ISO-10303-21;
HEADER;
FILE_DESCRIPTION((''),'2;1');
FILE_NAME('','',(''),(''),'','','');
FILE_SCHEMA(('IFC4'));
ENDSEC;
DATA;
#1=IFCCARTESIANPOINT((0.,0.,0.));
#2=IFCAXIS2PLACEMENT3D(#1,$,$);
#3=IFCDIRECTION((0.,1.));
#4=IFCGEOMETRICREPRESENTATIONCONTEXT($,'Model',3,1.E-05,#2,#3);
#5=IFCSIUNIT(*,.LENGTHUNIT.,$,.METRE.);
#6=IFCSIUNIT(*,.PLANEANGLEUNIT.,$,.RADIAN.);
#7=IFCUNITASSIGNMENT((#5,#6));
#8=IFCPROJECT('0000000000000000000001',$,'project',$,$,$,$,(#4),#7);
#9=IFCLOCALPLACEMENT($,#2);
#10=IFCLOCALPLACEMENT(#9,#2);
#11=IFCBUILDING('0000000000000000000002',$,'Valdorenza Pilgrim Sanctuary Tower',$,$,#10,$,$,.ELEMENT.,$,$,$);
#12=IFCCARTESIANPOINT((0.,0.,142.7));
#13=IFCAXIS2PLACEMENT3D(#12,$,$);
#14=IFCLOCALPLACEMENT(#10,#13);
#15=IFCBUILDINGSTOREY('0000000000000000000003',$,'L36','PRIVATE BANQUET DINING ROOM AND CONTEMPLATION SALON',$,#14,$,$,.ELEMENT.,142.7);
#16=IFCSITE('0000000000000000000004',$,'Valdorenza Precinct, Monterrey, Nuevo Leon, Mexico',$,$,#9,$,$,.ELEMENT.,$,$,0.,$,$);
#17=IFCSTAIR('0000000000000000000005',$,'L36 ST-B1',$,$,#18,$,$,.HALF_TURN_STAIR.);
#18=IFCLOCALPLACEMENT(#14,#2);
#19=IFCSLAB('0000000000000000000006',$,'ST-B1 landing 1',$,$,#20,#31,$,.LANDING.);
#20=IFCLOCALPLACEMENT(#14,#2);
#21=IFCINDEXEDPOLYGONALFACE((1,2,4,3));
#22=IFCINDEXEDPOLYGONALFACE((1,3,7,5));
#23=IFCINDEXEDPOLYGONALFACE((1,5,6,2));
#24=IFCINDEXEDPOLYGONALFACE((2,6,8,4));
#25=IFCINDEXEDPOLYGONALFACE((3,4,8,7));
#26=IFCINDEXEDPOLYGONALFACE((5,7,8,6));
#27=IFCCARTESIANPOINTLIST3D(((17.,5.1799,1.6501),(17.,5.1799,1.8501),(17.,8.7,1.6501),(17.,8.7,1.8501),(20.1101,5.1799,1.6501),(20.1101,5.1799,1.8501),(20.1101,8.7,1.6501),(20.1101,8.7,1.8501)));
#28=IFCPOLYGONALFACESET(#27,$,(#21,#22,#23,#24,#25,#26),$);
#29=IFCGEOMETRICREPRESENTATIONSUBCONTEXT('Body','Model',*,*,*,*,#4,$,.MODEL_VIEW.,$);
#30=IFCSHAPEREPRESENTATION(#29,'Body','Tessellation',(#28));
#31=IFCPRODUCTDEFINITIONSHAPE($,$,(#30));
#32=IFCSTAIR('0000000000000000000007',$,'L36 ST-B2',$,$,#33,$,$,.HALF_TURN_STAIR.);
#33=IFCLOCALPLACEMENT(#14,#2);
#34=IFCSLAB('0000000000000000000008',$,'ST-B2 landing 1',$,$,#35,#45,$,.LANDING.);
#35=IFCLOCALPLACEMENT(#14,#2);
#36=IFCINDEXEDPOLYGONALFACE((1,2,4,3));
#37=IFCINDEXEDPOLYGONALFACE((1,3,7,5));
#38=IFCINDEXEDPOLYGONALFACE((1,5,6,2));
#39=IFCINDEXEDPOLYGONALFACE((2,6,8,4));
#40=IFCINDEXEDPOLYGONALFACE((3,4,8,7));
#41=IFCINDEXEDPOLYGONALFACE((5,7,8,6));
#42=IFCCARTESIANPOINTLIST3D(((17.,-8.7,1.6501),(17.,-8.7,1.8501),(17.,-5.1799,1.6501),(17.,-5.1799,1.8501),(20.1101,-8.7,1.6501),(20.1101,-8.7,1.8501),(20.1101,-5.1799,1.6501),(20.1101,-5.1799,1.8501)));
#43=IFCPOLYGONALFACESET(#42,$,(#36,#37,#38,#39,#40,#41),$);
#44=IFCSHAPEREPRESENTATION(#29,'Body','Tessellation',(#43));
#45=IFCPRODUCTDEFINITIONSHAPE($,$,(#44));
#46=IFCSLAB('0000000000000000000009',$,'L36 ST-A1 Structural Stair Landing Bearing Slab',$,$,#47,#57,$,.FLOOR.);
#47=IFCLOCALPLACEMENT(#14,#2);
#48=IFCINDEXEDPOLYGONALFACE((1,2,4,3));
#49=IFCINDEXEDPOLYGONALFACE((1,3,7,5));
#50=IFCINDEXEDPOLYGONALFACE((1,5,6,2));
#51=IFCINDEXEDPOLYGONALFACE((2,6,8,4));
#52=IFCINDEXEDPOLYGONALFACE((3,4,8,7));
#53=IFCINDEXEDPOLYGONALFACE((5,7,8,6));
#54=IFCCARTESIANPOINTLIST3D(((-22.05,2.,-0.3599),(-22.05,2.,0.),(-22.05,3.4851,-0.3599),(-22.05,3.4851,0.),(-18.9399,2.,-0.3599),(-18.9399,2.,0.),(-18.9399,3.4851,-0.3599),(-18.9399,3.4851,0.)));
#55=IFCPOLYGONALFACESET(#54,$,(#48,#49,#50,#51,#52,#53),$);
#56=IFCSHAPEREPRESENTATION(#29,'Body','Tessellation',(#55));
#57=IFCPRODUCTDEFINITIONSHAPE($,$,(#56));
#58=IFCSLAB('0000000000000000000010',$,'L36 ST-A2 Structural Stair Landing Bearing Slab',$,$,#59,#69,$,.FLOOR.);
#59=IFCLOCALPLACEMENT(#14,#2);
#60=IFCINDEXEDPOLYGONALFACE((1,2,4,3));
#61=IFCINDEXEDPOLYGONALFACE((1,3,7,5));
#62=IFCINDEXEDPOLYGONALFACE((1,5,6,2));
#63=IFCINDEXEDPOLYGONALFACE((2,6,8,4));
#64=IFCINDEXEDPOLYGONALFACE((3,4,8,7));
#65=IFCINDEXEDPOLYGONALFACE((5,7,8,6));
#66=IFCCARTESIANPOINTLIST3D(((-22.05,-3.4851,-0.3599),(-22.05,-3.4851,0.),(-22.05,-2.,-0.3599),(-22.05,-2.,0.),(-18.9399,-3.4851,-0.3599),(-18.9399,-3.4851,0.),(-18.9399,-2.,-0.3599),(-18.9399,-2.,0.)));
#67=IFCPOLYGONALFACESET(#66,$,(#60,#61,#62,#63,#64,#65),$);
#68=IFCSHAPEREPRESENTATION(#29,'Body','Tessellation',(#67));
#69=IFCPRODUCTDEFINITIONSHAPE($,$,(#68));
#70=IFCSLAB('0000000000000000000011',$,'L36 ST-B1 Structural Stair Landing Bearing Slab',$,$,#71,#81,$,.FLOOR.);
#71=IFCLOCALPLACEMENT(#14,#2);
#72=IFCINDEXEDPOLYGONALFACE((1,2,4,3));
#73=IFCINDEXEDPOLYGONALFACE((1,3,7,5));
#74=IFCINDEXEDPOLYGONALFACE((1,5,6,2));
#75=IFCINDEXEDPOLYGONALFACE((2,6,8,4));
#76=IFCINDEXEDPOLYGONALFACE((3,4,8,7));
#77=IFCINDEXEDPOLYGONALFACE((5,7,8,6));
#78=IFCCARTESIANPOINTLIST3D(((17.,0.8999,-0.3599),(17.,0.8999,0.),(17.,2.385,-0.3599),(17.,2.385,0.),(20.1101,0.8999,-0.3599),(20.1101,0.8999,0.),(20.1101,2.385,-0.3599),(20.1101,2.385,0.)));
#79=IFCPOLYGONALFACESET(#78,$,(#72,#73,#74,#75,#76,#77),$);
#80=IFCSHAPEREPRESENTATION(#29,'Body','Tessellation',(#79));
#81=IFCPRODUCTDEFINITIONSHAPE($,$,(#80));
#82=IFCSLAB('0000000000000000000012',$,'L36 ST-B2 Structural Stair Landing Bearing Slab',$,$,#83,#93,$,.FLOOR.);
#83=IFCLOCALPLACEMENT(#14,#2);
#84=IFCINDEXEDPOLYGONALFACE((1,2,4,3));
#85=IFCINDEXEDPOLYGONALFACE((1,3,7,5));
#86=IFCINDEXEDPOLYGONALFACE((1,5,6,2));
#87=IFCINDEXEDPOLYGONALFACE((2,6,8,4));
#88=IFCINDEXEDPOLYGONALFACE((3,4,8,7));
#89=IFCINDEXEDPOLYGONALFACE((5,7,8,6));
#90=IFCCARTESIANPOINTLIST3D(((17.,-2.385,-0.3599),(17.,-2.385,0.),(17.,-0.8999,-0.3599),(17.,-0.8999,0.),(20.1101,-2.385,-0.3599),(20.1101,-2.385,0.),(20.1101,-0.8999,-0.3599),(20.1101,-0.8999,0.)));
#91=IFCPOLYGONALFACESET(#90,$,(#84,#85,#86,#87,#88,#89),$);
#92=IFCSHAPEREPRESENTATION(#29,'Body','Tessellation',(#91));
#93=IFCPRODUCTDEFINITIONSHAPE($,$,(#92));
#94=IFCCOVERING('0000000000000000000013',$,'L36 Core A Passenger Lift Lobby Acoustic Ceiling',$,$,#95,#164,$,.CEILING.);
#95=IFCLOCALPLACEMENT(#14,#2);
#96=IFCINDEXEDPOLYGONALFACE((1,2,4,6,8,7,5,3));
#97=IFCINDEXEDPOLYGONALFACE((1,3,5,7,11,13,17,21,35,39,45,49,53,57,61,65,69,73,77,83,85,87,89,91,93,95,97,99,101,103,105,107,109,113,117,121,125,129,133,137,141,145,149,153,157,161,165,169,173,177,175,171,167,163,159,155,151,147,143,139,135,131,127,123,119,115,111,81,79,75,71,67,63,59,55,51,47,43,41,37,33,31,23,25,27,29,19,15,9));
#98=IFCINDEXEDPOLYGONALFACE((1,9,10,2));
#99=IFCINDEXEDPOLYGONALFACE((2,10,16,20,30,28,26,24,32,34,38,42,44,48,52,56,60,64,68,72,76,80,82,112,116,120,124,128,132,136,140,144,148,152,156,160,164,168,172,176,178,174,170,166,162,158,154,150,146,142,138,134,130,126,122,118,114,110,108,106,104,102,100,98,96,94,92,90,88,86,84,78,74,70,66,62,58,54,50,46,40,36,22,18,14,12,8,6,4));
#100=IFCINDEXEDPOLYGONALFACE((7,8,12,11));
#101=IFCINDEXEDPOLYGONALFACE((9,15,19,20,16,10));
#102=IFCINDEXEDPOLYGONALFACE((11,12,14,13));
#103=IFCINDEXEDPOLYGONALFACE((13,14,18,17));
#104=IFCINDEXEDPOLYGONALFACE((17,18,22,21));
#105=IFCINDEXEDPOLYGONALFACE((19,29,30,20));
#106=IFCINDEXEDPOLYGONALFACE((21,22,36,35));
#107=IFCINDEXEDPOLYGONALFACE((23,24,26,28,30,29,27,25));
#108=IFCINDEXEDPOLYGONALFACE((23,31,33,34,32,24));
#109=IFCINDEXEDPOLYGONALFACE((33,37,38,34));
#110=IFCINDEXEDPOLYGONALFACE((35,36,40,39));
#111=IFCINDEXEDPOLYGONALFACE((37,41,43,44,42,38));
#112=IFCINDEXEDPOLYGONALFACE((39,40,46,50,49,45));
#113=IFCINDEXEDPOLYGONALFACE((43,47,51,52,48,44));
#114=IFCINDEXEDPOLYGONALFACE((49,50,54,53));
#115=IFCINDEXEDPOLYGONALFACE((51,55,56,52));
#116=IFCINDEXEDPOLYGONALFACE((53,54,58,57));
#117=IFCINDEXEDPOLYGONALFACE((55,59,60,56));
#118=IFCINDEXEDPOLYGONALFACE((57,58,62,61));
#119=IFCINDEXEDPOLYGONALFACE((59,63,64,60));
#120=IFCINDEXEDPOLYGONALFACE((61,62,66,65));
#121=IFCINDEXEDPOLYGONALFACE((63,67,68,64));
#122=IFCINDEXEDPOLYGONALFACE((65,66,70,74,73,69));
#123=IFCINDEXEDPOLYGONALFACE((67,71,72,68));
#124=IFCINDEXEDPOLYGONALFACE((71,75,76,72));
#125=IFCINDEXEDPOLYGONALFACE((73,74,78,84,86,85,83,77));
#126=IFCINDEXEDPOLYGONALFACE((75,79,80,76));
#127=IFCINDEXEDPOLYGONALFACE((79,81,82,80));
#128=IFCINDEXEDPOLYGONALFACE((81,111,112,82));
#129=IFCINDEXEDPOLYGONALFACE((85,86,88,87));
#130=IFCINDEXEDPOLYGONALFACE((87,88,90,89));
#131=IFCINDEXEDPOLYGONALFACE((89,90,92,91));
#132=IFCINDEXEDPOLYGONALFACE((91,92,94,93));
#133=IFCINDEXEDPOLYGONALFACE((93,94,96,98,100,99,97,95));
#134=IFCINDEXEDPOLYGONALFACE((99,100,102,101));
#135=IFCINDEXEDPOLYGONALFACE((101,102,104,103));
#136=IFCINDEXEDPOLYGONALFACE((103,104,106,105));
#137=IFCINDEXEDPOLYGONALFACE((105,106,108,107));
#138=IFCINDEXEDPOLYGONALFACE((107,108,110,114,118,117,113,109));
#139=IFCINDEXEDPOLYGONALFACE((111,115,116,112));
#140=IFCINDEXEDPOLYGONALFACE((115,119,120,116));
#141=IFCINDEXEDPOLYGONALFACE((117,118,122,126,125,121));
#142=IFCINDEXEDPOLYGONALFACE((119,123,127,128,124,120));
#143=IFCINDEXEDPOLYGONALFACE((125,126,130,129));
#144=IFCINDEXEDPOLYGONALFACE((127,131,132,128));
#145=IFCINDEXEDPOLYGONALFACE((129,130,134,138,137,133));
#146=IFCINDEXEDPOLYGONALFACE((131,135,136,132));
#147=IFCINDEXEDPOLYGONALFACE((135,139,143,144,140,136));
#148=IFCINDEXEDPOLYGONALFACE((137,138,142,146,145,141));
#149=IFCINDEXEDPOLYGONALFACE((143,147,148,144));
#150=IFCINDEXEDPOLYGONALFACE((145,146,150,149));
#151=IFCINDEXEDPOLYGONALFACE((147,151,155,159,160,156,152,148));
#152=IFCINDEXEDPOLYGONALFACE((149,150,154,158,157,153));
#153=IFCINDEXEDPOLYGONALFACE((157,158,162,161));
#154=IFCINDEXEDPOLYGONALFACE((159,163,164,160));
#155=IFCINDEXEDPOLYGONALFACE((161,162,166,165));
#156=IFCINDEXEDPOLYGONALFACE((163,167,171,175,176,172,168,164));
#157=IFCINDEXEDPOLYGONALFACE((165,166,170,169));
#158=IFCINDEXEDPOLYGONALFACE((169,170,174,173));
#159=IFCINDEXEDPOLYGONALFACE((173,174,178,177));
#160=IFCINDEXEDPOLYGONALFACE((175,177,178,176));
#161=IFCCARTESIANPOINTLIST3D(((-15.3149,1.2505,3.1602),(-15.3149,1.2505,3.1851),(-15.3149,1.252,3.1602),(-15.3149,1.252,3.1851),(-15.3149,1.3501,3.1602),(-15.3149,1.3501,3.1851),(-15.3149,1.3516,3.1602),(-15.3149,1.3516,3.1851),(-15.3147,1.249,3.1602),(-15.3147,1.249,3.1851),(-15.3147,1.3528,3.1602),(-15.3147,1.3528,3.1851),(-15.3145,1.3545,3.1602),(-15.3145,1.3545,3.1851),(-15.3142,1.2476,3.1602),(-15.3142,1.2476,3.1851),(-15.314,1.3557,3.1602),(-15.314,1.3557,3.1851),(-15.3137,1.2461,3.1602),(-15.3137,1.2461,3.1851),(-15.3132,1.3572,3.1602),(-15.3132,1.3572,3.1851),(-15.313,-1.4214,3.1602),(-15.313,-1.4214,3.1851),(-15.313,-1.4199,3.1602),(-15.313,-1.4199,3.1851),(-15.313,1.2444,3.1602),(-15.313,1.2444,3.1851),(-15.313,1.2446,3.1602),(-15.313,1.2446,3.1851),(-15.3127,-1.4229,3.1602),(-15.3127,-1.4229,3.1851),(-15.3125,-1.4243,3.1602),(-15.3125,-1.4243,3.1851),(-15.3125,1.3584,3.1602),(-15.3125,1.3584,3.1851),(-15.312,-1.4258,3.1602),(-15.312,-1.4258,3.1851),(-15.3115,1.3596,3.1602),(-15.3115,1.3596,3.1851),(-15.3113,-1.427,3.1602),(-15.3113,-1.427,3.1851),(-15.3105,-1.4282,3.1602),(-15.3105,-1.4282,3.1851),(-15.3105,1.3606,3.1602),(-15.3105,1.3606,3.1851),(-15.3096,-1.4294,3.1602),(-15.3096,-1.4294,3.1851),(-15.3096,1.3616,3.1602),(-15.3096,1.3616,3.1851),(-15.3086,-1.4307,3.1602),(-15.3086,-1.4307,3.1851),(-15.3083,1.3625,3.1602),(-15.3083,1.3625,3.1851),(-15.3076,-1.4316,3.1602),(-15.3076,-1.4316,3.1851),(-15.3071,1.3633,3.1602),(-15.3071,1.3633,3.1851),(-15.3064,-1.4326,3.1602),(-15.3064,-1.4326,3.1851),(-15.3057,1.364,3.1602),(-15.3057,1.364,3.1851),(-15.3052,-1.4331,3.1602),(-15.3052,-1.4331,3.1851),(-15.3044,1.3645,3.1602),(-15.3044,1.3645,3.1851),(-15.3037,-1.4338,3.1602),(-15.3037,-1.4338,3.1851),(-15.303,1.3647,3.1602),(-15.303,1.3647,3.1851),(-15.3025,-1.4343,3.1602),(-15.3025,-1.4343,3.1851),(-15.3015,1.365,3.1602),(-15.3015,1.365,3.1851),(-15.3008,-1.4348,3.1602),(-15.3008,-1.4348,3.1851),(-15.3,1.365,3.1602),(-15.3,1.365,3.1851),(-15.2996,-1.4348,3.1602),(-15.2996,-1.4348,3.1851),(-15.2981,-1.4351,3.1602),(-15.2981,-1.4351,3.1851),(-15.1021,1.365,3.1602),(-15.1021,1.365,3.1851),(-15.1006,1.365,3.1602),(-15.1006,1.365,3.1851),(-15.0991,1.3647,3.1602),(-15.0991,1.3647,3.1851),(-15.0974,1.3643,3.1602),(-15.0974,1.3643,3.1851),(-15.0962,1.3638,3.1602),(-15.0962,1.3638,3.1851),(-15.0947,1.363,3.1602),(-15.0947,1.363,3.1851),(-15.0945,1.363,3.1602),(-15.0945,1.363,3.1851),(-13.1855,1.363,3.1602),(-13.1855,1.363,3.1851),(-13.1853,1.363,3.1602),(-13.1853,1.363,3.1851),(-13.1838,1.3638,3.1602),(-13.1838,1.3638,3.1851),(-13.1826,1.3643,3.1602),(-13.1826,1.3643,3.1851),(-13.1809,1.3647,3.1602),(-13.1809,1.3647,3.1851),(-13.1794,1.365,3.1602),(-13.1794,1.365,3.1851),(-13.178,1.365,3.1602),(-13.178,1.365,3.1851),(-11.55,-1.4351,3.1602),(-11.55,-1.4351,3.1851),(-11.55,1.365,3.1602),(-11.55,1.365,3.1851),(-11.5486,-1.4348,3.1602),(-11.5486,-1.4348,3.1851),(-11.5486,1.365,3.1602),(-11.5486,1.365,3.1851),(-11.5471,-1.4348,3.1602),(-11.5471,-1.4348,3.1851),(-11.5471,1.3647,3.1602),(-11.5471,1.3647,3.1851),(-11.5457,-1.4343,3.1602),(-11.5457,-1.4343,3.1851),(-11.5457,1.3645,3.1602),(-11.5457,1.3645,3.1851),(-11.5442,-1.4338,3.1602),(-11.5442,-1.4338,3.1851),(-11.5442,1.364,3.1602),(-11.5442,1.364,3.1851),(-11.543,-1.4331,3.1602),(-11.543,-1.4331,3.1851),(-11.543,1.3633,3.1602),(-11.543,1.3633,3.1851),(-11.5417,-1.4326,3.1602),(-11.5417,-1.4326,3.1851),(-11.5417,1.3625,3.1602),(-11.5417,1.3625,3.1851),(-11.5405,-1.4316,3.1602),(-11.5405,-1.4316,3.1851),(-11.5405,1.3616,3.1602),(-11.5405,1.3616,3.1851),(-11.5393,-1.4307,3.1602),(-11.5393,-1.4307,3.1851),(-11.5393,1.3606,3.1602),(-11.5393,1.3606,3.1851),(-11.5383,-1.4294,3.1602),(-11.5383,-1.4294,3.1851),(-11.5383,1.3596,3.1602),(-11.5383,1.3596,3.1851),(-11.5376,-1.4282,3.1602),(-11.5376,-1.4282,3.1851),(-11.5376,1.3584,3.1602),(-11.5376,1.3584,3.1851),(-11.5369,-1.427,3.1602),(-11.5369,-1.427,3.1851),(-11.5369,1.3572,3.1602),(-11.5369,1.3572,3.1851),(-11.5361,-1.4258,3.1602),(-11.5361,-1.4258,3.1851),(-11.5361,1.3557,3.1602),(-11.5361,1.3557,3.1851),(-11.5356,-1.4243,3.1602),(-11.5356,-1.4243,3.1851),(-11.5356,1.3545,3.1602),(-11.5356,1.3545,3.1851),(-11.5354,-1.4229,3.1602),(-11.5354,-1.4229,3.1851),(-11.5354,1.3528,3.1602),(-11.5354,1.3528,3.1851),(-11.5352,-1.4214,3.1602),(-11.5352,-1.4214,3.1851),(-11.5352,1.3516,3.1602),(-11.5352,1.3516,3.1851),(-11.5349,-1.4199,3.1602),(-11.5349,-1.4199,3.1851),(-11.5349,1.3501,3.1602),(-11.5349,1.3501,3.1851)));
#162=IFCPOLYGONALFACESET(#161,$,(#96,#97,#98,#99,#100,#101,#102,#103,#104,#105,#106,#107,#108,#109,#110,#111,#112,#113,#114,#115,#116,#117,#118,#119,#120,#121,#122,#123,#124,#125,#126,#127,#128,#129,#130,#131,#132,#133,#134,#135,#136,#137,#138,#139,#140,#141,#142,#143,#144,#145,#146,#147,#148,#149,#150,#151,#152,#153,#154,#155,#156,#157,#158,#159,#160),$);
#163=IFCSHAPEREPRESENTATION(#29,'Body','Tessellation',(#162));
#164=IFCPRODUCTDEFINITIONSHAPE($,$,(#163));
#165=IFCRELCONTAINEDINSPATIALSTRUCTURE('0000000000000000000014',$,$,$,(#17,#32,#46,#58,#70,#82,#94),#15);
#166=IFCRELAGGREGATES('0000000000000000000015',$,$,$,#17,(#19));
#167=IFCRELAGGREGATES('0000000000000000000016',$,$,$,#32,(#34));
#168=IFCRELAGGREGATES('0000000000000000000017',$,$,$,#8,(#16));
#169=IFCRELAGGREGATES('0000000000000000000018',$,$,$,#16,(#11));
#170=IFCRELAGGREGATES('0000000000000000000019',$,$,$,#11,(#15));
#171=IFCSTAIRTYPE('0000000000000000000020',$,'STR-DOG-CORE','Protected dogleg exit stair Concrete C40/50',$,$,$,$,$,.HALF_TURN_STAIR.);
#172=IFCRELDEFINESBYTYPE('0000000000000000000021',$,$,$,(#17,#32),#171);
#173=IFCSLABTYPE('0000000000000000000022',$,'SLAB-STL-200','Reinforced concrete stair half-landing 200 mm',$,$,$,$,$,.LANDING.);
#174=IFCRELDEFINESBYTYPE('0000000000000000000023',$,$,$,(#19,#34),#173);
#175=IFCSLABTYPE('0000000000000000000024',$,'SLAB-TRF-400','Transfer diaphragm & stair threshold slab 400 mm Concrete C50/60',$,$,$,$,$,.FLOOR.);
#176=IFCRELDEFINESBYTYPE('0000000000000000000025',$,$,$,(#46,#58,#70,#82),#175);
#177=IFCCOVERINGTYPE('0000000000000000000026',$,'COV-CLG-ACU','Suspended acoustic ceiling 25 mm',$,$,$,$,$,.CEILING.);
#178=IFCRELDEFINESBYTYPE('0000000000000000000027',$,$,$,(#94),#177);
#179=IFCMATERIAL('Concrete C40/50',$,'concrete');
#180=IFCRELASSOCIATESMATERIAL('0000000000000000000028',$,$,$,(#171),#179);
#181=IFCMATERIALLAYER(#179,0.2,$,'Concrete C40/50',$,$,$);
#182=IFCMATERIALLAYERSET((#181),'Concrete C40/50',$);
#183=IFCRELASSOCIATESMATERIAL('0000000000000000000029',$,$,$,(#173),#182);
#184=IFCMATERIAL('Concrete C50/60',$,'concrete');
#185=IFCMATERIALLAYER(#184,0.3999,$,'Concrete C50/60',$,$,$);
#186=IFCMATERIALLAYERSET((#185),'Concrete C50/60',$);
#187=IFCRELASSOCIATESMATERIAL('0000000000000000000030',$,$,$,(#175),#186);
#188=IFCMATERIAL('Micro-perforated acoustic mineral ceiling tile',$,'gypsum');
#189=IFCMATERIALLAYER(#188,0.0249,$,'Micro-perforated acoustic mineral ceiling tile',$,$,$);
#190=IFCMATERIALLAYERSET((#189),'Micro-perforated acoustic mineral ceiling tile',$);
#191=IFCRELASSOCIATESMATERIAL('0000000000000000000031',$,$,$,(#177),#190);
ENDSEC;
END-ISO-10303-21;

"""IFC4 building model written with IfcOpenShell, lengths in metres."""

from ifc_helpers import new_model, si_unit, direction, frame, origin, place, context, subcontext, project, spatial, polyline, outline, extrude, material, layer, layer_set, type_object, element, aggregate, save


model = new_model("IFC4")

# Units and contexts
model_context = context("Model", 3, precision=1e-05, world=origin(), true_north=direction((0.0, 1.0)))
body_context = subcontext(model_context, "Body", "Model", "MODEL_VIEW")
ifc_project = project(units=[si_unit("LENGTHUNIT", "METRE"), si_unit("PLANEANGLEUNIT", "RADIAN")], contexts=[model_context])

# Site, building, storey
site_placement = place(None, origin())
site = spatial("IfcSite", under=ifc_project, at=site_placement, Name="Valdorenza Precinct, Monterrey, Nuevo Leon, Mexico", CompositionType="ELEMENT", RefElevation=0.0)
building_placement = place(site_placement, origin())
building = spatial("IfcBuilding", under=site, at=building_placement, Name="Valdorenza Pilgrim Sanctuary Tower", CompositionType="ELEMENT")
storey_placement = place(building_placement, frame((0.0, 0.0, 142.7)))
storey = spatial("IfcBuildingStorey", under=building, at=storey_placement, Name="L36", Description="PRIVATE BANQUET DINING ROOM AND CONTEMPLATION SALON", CompositionType="ELEMENT", Elevation=142.7)

# Shared definitions
ifc_material_1 = material(Name="Concrete C40/50", Category="concrete")

# Stairs, slabs
stair_type = type_object("IfcStairType", Name="STR-DOG-CORE", Description="Protected dogleg exit stair Concrete C40/50", PredefinedType="HALF_TURN_STAIR", material=ifc_material_1)
ifc_layer_1 = layer(ifc_material_1, 0.2, Name="Concrete C40/50")
ifc_layer_set_1 = layer_set([ifc_layer_1], Name="Concrete C40/50")
slab_type_1 = type_object("IfcSlabType", Name="SLAB-STL-200", Description="Reinforced concrete stair half-landing 200 mm", PredefinedType="LANDING", material=ifc_layer_set_1)
stair_1_placement = place(storey_placement, origin())
stair_1 = element("IfcStair", 1, at=stair_1_placement, inside=storey, type_object=stair_type, Name="L36 ST-B1", PredefinedType="HALF_TURN_STAIR")
slab_1_placement = place(storey_placement, frame((0.0, 0.0, 1.6501)))
slab_1 = element("IfcSlab", 2, at=slab_1_placement, type_object=slab_type_1, Name="ST-B1 landing 1", PredefinedType="LANDING", context=body_context, shape_type="SweptSolid", body=[
    extrude(outline(polyline([(20.1101, 5.1799), (20.1101, 8.7), (17.0, 8.7), (17.0, 5.1799), (20.1101, 5.1799)])), origin(), (0.0, 0.0, 1.0), 0.2),
])
aggregate(stair_1, [slab_1])
stair_2_placement = place(storey_placement, origin())
stair_2 = element("IfcStair", 3, at=stair_2_placement, inside=storey, type_object=stair_type, Name="L36 ST-B2", PredefinedType="HALF_TURN_STAIR")
slab_2_placement = place(storey_placement, frame((0.0, 0.0, 1.6501)))
slab_2 = element("IfcSlab", 4, at=slab_2_placement, type_object=slab_type_1, Name="ST-B2 landing 1", PredefinedType="LANDING", context=body_context, shape_type="SweptSolid", body=[
    extrude(outline(polyline([(17.0, -5.1799), (17.0, -8.7), (20.1101, -8.7), (20.1101, -5.1799), (17.0, -5.1799)])), origin(), (0.0, 0.0, 1.0), 0.2),
])
aggregate(stair_2, [slab_2])

# Slabs
ifc_material_2 = material(Name="Concrete C50/60", Category="concrete")
ifc_layer_2 = layer(ifc_material_2, 0.3999, Name="Concrete C50/60")
ifc_layer_set_2 = layer_set([ifc_layer_2], Name="Concrete C50/60")
slab_type_2 = type_object("IfcSlabType", Name="SLAB-TRF-400", Description="Transfer diaphragm & stair threshold slab 400 mm Concrete C50/60", PredefinedType="FLOOR", material=ifc_layer_set_2)
slab_3_placement = place(storey_placement, frame((0.0, 0.0, -0.3599)))
element("IfcSlab", 5, at=slab_3_placement, inside=storey, type_object=slab_type_2, Name="L36 ST-A1 Structural Stair Landing Bearing Slab", PredefinedType="FLOOR", context=body_context, shape_type="SweptSolid", body=[
    extrude(outline(polyline([(-22.05, 2.0), (-18.9399, 2.0), (-18.9399, 3.4851), (-22.05, 3.4851), (-22.05, 2.0)])), origin(), (0.0, 0.0, 1.0), 0.3599),
])
slab_4_placement = place(storey_placement, frame((0.0, 0.0, -0.3599)))
element("IfcSlab", 6, at=slab_4_placement, inside=storey, type_object=slab_type_2, Name="L36 ST-A2 Structural Stair Landing Bearing Slab", PredefinedType="FLOOR", context=body_context, shape_type="SweptSolid", body=[
    extrude(outline(polyline([(-22.05, -3.4851), (-18.9399, -3.4851), (-18.9399, -2.0), (-22.05, -2.0), (-22.05, -3.4851)])), origin(), (0.0, 0.0, 1.0), 0.3599),
])
slab_5_placement = place(storey_placement, frame((0.0, 0.0, -0.3599)))
element("IfcSlab", 7, at=slab_5_placement, inside=storey, type_object=slab_type_2, Name="L36 ST-B1 Structural Stair Landing Bearing Slab", PredefinedType="FLOOR", context=body_context, shape_type="SweptSolid", body=[
    extrude(outline(polyline([(17.0, 0.8999), (20.1101, 0.8999), (20.1101, 2.385), (17.0, 2.385), (17.0, 0.8999)])), origin(), (0.0, 0.0, 1.0), 0.3599),
])
slab_6_placement = place(storey_placement, frame((0.0, 0.0, -0.3599)))
element("IfcSlab", 8, at=slab_6_placement, inside=storey, type_object=slab_type_2, Name="L36 ST-B2 Structural Stair Landing Bearing Slab", PredefinedType="FLOOR", context=body_context, shape_type="SweptSolid", body=[
    extrude(outline(polyline([(17.0, -2.385), (20.1101, -2.385), (20.1101, -0.8999), (17.0, -0.8999), (17.0, -2.385)])), origin(), (0.0, 0.0, 1.0), 0.3599),
])

# Covering
ifc_material_3 = material(Name="Micro-perforated acoustic mineral ceiling tile", Category="gypsum")
ifc_layer_3 = layer(ifc_material_3, 0.0249, Name="Micro-perforated acoustic mineral ceiling tile")
ifc_layer_set_3 = layer_set([ifc_layer_3], Name="Micro-perforated acoustic mineral ceiling tile")
covering_type_1 = type_object("IfcCoveringType", Name="COV-CLG-ACU", Description="Suspended acoustic ceiling 25 mm", PredefinedType="CEILING", material=ifc_layer_set_3)
covering_1_placement = place(storey_placement, frame((0.0, 0.0, 3.1602)))
element("IfcCovering", 9, at=covering_1_placement, inside=storey, type_object=covering_type_1, Name="L36 Core A Passenger Lift Lobby Acoustic Ceiling", PredefinedType="CEILING", context=body_context, shape_type="SweptSolid", body=[
    extrude(outline(polyline([(-15.313, 1.2444), (-15.313, 1.2446), (-15.3137, 1.2461), (-15.3142, 1.2476), (-15.3147, 1.249), (-15.3149, 1.2505), (-15.3149, 1.252), (-15.3149, 1.3501), (-15.3149, 1.3516), (-15.3147, 1.3528), (-15.3145, 1.3545), (-15.314, 1.3557), (-15.3132, 1.3572), (-15.3125, 1.3584), (-15.3115, 1.3596), (-15.3105, 1.3606), (-15.3096, 1.3616), (-15.3083, 1.3625), (-15.3071, 1.3633), (-15.3057, 1.364), (-15.3044, 1.3645), (-15.303, 1.3647), (-15.3015, 1.365), (-15.3, 1.365), (-15.1021, 1.365), (-15.1006, 1.365), (-15.0991, 1.3647), (-15.0974, 1.3643), (-15.0962, 1.3638), (-15.0947, 1.363), (-15.0945, 1.363), (-13.1855, 1.363), (-13.1853, 1.363), (-13.1838, 1.3638), (-13.1826, 1.3643), (-13.1809, 1.3647), (-13.1794, 1.365), (-13.178, 1.365), (-11.55, 1.365), (-11.5486, 1.365), (-11.5471, 1.3647), (-11.5457, 1.3645), (-11.5442, 1.364), (-11.543, 1.3633), (-11.5417, 1.3625), (-11.5405, 1.3616), (-11.5393, 1.3606), (-11.5383, 1.3596), (-11.5376, 1.3584), (-11.5369, 1.3572), (-11.5361, 1.3557), (-11.5356, 1.3545), (-11.5354, 1.3528), (-11.5352, 1.3516), (-11.5349, 1.3501), (-11.5349, -1.4199), (-11.5352, -1.4214), (-11.5354, -1.4229), (-11.5356, -1.4243), (-11.5361, -1.4258), (-11.5369, -1.427), (-11.5376, -1.4282), (-11.5383, -1.4294), (-11.5393, -1.4307), (-11.5405, -1.4316), (-11.5417, -1.4326), (-11.543, -1.4331), (-11.5442, -1.4338), (-11.5457, -1.4343), (-11.5471, -1.4348), (-11.5486, -1.4348), (-11.55, -1.4351), (-15.2981, -1.4351), (-15.2996, -1.4348), (-15.3008, -1.4348), (-15.3025, -1.4343), (-15.3037, -1.4338), (-15.3052, -1.4331), (-15.3064, -1.4326), (-15.3076, -1.4316), (-15.3086, -1.4307), (-15.3096, -1.4294), (-15.3105, -1.4282), (-15.3113, -1.427), (-15.312, -1.4258), (-15.3125, -1.4243), (-15.3127, -1.4229), (-15.313, -1.4214), (-15.313, -1.4199), (-15.313, 1.2444)])), origin(), (0.0, 0.0, 1.0), 0.0249),
])

save(model, "model.ifc")
